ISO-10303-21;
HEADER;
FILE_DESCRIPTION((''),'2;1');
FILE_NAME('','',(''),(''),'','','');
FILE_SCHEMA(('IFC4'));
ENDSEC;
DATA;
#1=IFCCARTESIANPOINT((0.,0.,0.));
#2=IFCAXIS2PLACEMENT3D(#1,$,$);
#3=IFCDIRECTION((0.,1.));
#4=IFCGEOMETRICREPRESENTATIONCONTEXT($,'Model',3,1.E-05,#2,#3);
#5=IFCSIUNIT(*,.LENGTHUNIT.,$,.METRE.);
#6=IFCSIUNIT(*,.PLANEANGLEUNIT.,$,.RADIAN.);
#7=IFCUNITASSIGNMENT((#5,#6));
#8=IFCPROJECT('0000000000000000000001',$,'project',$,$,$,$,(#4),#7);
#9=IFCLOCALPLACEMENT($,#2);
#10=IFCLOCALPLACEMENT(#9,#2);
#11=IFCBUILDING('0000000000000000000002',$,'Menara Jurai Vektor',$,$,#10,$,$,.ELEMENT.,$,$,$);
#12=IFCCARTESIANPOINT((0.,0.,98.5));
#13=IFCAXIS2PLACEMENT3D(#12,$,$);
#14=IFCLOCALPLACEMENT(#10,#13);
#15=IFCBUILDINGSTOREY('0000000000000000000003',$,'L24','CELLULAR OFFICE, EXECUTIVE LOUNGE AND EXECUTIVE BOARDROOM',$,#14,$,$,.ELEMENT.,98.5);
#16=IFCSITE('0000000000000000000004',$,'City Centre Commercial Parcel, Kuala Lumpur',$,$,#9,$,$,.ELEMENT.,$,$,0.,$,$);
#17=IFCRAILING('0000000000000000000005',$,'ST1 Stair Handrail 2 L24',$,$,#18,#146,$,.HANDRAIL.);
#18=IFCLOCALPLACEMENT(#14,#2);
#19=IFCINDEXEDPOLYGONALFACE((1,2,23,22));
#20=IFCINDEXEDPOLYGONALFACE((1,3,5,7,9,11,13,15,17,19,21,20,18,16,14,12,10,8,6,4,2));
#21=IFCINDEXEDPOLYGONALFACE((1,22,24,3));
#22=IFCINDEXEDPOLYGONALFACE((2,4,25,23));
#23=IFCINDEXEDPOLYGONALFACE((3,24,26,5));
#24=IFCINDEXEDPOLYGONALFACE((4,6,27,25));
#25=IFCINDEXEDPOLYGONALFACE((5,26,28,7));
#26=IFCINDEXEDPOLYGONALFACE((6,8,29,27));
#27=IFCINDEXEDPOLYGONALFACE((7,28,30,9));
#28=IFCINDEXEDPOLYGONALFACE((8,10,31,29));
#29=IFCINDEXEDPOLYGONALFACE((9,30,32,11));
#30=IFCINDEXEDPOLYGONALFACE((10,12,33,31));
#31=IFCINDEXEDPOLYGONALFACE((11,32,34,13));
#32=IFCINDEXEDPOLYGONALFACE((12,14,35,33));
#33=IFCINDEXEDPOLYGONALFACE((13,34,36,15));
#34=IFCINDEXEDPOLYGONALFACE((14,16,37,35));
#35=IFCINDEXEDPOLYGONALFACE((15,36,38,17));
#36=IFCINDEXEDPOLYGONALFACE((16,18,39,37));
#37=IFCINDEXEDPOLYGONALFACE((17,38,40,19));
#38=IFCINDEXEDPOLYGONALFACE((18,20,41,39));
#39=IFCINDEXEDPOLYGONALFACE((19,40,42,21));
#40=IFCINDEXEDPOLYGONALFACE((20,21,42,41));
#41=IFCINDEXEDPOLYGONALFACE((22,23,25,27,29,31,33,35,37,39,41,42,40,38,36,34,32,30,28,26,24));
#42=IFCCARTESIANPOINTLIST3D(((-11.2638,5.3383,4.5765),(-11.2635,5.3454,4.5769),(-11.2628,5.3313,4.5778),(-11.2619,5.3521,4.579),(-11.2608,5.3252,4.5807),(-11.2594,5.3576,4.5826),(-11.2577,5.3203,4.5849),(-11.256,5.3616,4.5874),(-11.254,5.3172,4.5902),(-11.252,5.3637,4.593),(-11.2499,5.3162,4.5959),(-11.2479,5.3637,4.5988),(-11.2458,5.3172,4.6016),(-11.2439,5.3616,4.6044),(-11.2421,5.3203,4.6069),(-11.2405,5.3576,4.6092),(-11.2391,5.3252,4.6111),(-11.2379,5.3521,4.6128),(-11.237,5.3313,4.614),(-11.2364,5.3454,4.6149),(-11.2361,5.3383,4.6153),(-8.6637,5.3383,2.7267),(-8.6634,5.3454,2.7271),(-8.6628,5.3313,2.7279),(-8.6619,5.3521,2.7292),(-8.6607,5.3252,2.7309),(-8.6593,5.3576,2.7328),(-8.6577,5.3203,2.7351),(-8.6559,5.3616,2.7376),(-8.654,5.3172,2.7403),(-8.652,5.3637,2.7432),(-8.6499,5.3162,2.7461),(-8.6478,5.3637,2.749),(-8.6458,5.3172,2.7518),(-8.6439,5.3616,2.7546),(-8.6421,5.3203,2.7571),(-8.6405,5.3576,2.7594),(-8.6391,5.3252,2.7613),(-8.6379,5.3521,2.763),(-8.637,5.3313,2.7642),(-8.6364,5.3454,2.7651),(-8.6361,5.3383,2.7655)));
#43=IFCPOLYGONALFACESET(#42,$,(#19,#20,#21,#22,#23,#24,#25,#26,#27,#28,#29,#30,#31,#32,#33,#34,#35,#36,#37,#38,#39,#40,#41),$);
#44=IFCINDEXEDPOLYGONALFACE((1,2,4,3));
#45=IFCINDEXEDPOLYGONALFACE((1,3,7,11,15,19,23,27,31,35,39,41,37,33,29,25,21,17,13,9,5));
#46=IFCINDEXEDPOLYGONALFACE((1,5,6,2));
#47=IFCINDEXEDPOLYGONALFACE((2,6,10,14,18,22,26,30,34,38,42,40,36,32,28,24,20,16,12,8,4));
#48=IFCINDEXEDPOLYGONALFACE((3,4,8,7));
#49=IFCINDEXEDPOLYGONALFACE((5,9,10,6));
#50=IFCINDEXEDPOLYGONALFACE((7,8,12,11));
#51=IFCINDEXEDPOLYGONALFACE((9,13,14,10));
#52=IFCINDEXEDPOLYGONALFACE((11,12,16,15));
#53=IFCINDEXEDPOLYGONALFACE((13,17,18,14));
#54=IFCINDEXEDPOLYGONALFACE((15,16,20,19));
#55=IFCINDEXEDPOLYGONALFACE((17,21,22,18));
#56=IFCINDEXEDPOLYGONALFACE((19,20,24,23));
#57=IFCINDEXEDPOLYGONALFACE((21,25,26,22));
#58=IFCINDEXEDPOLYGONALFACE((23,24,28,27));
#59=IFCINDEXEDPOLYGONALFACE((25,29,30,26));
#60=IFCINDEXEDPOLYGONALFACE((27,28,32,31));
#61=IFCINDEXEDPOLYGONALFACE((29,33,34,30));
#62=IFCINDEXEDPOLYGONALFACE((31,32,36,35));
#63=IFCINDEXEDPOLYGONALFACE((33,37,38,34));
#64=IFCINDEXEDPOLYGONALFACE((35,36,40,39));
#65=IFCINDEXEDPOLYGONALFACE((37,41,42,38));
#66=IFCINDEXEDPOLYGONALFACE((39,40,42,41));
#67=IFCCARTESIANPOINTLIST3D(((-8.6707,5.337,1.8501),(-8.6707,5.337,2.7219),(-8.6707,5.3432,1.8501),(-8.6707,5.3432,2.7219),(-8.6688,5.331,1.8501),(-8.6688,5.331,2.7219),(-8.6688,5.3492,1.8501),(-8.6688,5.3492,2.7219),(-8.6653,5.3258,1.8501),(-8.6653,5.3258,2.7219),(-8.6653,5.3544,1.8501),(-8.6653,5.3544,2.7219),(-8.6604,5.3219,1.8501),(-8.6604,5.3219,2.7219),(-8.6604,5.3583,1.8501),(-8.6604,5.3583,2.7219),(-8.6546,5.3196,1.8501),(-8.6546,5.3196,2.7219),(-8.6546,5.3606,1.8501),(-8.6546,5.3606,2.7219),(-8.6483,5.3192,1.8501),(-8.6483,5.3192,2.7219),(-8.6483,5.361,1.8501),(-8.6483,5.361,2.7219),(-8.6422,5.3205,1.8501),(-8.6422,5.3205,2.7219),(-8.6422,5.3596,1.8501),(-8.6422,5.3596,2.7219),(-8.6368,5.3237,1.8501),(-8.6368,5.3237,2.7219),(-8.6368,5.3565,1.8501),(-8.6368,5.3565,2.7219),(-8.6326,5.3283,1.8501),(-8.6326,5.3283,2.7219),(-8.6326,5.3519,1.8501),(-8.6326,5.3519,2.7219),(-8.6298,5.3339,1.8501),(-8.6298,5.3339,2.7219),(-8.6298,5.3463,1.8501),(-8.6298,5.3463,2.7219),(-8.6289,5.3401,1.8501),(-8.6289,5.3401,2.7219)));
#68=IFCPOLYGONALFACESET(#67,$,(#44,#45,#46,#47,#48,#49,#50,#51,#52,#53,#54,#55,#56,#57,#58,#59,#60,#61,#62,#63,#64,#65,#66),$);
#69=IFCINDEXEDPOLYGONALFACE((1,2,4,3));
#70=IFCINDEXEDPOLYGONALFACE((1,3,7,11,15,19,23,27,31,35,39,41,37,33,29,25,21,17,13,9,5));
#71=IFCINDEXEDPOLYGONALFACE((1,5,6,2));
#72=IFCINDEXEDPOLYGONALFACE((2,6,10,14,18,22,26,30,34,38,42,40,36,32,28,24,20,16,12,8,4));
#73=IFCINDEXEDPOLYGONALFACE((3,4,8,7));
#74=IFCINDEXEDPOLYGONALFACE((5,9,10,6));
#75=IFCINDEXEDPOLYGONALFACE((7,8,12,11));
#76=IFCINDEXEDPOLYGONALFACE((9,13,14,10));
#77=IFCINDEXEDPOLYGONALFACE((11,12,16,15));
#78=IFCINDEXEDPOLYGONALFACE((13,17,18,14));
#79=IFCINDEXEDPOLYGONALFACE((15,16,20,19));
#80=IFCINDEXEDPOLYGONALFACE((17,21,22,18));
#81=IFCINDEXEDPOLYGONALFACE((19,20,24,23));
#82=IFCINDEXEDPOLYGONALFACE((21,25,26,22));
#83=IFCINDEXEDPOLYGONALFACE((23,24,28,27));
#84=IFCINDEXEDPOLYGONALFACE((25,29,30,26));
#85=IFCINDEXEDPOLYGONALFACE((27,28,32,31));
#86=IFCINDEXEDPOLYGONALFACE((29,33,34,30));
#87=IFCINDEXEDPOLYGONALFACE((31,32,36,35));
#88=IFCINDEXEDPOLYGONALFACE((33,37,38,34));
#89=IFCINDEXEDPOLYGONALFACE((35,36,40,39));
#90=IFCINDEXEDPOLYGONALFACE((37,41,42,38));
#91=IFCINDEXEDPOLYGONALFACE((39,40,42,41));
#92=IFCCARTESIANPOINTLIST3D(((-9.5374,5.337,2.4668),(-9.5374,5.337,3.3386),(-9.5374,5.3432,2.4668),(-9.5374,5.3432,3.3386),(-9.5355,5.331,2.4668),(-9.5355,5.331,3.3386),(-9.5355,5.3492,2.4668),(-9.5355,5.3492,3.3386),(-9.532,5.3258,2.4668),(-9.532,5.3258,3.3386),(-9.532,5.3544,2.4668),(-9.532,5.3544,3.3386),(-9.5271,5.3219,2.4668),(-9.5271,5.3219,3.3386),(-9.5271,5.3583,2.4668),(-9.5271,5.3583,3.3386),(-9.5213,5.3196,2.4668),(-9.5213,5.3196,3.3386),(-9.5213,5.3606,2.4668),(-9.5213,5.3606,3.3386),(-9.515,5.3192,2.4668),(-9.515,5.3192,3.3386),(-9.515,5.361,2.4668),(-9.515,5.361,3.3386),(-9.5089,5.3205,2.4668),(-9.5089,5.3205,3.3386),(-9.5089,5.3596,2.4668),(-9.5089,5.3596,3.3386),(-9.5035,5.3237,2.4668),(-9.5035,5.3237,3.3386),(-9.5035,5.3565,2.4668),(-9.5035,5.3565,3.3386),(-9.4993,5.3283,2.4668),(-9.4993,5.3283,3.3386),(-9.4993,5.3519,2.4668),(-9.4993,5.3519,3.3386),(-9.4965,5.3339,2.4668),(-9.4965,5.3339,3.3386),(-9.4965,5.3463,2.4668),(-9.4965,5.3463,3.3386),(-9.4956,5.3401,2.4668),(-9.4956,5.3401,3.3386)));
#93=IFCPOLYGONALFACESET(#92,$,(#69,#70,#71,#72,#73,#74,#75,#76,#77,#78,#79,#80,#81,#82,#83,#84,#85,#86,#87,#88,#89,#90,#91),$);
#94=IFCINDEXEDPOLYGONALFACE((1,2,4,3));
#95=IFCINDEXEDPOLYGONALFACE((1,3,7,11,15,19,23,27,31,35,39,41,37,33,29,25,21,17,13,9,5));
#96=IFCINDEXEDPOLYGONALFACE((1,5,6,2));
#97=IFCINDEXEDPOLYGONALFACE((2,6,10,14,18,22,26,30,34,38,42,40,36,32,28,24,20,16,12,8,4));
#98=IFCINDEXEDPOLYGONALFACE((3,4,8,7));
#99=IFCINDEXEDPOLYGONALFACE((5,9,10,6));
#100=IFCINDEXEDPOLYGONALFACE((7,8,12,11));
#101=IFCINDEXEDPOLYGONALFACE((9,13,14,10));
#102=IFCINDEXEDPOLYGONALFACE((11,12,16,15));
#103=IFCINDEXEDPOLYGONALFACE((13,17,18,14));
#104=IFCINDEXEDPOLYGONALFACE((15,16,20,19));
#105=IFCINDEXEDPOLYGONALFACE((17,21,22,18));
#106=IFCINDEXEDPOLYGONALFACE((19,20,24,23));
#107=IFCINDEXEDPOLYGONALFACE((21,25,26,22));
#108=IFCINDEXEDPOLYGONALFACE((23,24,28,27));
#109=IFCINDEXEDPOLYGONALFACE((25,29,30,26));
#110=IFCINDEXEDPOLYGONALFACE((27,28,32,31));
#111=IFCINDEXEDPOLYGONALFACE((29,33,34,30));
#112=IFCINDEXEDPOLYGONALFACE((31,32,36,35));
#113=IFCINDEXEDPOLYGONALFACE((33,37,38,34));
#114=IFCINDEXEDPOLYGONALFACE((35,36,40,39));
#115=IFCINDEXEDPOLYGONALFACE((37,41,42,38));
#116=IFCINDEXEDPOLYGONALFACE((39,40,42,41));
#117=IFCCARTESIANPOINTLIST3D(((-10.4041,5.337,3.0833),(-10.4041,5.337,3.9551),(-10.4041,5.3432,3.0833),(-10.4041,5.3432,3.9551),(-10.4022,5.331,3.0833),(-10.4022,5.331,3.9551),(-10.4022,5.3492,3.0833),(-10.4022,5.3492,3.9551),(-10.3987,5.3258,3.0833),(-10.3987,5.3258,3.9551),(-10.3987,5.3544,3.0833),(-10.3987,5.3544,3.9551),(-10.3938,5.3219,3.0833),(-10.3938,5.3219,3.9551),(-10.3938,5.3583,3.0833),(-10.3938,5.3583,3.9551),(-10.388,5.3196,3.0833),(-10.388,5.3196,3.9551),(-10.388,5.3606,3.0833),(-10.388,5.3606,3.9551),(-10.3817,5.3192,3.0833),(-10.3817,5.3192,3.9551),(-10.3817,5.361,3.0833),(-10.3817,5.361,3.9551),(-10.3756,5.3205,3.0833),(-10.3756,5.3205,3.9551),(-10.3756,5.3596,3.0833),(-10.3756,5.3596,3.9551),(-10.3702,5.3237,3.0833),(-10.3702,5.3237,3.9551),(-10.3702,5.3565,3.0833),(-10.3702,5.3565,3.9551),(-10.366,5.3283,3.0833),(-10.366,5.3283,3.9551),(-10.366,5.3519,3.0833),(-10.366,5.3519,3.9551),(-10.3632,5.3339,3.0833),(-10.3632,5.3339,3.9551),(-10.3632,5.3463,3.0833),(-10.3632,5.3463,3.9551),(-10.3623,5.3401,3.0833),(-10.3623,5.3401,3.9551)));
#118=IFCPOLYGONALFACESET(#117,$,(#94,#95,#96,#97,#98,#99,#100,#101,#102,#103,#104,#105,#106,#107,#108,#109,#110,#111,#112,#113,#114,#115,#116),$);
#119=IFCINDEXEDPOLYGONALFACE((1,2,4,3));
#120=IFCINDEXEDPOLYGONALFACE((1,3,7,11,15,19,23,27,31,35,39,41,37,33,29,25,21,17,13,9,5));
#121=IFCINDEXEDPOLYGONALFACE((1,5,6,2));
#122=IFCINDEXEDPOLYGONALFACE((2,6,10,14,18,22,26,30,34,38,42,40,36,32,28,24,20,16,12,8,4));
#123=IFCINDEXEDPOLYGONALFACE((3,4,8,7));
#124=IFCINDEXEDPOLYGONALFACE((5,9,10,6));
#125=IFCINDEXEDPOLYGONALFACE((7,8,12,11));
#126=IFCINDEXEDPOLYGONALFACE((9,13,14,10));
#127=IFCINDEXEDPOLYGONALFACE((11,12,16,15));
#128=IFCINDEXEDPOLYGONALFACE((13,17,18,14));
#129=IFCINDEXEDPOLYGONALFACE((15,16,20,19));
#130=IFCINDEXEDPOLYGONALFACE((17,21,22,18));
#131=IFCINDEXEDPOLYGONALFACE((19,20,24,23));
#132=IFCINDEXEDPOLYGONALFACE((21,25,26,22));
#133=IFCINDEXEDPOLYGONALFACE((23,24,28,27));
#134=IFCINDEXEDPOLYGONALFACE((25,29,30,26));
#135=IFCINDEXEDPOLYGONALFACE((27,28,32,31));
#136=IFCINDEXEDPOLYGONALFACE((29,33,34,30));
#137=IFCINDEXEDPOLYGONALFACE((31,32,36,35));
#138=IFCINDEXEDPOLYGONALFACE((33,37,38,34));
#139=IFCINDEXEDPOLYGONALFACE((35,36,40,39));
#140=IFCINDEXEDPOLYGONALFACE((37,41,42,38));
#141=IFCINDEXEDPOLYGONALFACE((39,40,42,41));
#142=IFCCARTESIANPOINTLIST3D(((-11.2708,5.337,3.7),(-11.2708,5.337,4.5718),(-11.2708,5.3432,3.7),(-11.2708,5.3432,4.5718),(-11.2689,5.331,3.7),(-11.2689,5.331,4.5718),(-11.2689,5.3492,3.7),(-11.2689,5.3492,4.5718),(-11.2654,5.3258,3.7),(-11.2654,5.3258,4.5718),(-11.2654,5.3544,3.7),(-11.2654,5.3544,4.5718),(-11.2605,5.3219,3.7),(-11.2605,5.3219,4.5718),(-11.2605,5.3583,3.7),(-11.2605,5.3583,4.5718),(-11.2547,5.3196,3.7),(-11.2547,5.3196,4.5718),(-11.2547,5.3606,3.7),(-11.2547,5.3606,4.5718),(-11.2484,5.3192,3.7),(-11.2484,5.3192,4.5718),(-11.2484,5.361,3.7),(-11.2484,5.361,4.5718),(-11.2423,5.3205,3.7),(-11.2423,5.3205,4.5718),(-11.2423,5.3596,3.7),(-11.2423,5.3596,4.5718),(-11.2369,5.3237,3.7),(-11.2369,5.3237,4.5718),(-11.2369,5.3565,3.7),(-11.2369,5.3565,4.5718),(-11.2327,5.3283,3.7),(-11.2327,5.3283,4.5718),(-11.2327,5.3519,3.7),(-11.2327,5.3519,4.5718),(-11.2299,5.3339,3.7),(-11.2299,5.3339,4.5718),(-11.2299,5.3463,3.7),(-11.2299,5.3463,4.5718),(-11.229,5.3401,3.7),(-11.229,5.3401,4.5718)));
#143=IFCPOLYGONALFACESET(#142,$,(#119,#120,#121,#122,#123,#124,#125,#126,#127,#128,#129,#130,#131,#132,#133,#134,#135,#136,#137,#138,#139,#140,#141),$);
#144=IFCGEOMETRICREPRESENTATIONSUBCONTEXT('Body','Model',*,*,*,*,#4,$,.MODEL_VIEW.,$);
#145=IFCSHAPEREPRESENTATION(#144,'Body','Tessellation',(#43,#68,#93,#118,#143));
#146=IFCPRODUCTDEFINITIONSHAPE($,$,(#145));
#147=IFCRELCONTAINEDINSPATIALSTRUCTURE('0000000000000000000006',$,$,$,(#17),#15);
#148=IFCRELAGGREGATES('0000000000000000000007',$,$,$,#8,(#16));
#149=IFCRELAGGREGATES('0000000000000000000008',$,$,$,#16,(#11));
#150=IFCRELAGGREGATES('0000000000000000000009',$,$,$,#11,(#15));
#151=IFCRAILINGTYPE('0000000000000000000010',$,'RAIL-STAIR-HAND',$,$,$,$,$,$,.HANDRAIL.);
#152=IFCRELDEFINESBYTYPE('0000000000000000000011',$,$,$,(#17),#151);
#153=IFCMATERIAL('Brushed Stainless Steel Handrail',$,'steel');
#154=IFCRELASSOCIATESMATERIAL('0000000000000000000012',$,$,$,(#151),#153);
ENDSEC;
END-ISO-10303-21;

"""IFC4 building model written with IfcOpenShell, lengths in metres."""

from ifc_helpers import new_model, si_unit, direction, frame, origin, origin_2d, place, context, subcontext, project, spatial, circle, extrude, material, type_object, element, save


model = new_model("IFC4")

# Units and contexts
model_context = context("Model", 3, precision=1e-05, world=origin(), true_north=direction((0.0, 1.0)))
body_context = subcontext(model_context, "Body", "Model", "MODEL_VIEW")
ifc_project = project(units=[si_unit("LENGTHUNIT", "METRE"), si_unit("PLANEANGLEUNIT", "RADIAN")], contexts=[model_context])

# Site, building, storey
site_placement = place(None, origin())
site = spatial("IfcSite", under=ifc_project, at=site_placement, Name="City Centre Commercial Parcel, Kuala Lumpur", CompositionType="ELEMENT", RefElevation=0.0)
building_placement = place(site_placement, origin())
building = spatial("IfcBuilding", under=site, at=building_placement, Name="Menara Jurai Vektor", CompositionType="ELEMENT")
storey_placement = place(building_placement, frame((0.0, 0.0, 98.5)))
storey = spatial("IfcBuildingStorey", under=building, at=storey_placement, Name="L24", Description="CELLULAR OFFICE, EXECUTIVE LOUNGE AND EXECUTIVE BOARDROOM", CompositionType="ELEMENT", Elevation=98.5)

# Railing
ifc_material_1 = material(Name="Brushed Stainless Steel Handrail", Category="steel")
railing_type_1 = type_object("IfcRailingType", Name="RAIL-STAIR-HAND", PredefinedType="HANDRAIL", material=ifc_material_1)
railing_1_placement = place(storey_placement, frame((-8.6499, 5.3401, 1.8501)))
element("IfcRailing", 1, at=railing_1_placement, inside=storey, type_object=railing_type_1, Name="ST1 Stair Handrail 2 L24", PredefinedType="HANDRAIL", context=body_context, shape_type="SweptSolid", body=[
    extrude(circle(Radius=0.0239, at=origin_2d()), frame((0.0, 0.0, 0.896), z_axis=(-0.814823, 0.0, 0.57971), x_axis=(0.0, -1.0, 0.0)), (0.0, 0.0, 1.0), 3.1909),
    extrude(circle(Radius=0.021, at=origin_2d()), origin(), (0.0, 0.0, 1.0), 0.8718),
    extrude(circle(Radius=0.021, at=origin_2d()), frame((-0.8667, 0.0, 0.6167)), (0.0, 0.0, 1.0), 0.8718),
    extrude(circle(Radius=0.021, at=origin_2d()), frame((-1.7334, 0.0, 1.2332)), (0.0, 0.0, 1.0), 0.8718),
    extrude(circle(Radius=0.021, at=origin_2d()), frame((-2.6001, 0.0, 1.8499)), (0.0, 0.0, 1.0), 0.8718),
])

save(model, "model.ifc")
